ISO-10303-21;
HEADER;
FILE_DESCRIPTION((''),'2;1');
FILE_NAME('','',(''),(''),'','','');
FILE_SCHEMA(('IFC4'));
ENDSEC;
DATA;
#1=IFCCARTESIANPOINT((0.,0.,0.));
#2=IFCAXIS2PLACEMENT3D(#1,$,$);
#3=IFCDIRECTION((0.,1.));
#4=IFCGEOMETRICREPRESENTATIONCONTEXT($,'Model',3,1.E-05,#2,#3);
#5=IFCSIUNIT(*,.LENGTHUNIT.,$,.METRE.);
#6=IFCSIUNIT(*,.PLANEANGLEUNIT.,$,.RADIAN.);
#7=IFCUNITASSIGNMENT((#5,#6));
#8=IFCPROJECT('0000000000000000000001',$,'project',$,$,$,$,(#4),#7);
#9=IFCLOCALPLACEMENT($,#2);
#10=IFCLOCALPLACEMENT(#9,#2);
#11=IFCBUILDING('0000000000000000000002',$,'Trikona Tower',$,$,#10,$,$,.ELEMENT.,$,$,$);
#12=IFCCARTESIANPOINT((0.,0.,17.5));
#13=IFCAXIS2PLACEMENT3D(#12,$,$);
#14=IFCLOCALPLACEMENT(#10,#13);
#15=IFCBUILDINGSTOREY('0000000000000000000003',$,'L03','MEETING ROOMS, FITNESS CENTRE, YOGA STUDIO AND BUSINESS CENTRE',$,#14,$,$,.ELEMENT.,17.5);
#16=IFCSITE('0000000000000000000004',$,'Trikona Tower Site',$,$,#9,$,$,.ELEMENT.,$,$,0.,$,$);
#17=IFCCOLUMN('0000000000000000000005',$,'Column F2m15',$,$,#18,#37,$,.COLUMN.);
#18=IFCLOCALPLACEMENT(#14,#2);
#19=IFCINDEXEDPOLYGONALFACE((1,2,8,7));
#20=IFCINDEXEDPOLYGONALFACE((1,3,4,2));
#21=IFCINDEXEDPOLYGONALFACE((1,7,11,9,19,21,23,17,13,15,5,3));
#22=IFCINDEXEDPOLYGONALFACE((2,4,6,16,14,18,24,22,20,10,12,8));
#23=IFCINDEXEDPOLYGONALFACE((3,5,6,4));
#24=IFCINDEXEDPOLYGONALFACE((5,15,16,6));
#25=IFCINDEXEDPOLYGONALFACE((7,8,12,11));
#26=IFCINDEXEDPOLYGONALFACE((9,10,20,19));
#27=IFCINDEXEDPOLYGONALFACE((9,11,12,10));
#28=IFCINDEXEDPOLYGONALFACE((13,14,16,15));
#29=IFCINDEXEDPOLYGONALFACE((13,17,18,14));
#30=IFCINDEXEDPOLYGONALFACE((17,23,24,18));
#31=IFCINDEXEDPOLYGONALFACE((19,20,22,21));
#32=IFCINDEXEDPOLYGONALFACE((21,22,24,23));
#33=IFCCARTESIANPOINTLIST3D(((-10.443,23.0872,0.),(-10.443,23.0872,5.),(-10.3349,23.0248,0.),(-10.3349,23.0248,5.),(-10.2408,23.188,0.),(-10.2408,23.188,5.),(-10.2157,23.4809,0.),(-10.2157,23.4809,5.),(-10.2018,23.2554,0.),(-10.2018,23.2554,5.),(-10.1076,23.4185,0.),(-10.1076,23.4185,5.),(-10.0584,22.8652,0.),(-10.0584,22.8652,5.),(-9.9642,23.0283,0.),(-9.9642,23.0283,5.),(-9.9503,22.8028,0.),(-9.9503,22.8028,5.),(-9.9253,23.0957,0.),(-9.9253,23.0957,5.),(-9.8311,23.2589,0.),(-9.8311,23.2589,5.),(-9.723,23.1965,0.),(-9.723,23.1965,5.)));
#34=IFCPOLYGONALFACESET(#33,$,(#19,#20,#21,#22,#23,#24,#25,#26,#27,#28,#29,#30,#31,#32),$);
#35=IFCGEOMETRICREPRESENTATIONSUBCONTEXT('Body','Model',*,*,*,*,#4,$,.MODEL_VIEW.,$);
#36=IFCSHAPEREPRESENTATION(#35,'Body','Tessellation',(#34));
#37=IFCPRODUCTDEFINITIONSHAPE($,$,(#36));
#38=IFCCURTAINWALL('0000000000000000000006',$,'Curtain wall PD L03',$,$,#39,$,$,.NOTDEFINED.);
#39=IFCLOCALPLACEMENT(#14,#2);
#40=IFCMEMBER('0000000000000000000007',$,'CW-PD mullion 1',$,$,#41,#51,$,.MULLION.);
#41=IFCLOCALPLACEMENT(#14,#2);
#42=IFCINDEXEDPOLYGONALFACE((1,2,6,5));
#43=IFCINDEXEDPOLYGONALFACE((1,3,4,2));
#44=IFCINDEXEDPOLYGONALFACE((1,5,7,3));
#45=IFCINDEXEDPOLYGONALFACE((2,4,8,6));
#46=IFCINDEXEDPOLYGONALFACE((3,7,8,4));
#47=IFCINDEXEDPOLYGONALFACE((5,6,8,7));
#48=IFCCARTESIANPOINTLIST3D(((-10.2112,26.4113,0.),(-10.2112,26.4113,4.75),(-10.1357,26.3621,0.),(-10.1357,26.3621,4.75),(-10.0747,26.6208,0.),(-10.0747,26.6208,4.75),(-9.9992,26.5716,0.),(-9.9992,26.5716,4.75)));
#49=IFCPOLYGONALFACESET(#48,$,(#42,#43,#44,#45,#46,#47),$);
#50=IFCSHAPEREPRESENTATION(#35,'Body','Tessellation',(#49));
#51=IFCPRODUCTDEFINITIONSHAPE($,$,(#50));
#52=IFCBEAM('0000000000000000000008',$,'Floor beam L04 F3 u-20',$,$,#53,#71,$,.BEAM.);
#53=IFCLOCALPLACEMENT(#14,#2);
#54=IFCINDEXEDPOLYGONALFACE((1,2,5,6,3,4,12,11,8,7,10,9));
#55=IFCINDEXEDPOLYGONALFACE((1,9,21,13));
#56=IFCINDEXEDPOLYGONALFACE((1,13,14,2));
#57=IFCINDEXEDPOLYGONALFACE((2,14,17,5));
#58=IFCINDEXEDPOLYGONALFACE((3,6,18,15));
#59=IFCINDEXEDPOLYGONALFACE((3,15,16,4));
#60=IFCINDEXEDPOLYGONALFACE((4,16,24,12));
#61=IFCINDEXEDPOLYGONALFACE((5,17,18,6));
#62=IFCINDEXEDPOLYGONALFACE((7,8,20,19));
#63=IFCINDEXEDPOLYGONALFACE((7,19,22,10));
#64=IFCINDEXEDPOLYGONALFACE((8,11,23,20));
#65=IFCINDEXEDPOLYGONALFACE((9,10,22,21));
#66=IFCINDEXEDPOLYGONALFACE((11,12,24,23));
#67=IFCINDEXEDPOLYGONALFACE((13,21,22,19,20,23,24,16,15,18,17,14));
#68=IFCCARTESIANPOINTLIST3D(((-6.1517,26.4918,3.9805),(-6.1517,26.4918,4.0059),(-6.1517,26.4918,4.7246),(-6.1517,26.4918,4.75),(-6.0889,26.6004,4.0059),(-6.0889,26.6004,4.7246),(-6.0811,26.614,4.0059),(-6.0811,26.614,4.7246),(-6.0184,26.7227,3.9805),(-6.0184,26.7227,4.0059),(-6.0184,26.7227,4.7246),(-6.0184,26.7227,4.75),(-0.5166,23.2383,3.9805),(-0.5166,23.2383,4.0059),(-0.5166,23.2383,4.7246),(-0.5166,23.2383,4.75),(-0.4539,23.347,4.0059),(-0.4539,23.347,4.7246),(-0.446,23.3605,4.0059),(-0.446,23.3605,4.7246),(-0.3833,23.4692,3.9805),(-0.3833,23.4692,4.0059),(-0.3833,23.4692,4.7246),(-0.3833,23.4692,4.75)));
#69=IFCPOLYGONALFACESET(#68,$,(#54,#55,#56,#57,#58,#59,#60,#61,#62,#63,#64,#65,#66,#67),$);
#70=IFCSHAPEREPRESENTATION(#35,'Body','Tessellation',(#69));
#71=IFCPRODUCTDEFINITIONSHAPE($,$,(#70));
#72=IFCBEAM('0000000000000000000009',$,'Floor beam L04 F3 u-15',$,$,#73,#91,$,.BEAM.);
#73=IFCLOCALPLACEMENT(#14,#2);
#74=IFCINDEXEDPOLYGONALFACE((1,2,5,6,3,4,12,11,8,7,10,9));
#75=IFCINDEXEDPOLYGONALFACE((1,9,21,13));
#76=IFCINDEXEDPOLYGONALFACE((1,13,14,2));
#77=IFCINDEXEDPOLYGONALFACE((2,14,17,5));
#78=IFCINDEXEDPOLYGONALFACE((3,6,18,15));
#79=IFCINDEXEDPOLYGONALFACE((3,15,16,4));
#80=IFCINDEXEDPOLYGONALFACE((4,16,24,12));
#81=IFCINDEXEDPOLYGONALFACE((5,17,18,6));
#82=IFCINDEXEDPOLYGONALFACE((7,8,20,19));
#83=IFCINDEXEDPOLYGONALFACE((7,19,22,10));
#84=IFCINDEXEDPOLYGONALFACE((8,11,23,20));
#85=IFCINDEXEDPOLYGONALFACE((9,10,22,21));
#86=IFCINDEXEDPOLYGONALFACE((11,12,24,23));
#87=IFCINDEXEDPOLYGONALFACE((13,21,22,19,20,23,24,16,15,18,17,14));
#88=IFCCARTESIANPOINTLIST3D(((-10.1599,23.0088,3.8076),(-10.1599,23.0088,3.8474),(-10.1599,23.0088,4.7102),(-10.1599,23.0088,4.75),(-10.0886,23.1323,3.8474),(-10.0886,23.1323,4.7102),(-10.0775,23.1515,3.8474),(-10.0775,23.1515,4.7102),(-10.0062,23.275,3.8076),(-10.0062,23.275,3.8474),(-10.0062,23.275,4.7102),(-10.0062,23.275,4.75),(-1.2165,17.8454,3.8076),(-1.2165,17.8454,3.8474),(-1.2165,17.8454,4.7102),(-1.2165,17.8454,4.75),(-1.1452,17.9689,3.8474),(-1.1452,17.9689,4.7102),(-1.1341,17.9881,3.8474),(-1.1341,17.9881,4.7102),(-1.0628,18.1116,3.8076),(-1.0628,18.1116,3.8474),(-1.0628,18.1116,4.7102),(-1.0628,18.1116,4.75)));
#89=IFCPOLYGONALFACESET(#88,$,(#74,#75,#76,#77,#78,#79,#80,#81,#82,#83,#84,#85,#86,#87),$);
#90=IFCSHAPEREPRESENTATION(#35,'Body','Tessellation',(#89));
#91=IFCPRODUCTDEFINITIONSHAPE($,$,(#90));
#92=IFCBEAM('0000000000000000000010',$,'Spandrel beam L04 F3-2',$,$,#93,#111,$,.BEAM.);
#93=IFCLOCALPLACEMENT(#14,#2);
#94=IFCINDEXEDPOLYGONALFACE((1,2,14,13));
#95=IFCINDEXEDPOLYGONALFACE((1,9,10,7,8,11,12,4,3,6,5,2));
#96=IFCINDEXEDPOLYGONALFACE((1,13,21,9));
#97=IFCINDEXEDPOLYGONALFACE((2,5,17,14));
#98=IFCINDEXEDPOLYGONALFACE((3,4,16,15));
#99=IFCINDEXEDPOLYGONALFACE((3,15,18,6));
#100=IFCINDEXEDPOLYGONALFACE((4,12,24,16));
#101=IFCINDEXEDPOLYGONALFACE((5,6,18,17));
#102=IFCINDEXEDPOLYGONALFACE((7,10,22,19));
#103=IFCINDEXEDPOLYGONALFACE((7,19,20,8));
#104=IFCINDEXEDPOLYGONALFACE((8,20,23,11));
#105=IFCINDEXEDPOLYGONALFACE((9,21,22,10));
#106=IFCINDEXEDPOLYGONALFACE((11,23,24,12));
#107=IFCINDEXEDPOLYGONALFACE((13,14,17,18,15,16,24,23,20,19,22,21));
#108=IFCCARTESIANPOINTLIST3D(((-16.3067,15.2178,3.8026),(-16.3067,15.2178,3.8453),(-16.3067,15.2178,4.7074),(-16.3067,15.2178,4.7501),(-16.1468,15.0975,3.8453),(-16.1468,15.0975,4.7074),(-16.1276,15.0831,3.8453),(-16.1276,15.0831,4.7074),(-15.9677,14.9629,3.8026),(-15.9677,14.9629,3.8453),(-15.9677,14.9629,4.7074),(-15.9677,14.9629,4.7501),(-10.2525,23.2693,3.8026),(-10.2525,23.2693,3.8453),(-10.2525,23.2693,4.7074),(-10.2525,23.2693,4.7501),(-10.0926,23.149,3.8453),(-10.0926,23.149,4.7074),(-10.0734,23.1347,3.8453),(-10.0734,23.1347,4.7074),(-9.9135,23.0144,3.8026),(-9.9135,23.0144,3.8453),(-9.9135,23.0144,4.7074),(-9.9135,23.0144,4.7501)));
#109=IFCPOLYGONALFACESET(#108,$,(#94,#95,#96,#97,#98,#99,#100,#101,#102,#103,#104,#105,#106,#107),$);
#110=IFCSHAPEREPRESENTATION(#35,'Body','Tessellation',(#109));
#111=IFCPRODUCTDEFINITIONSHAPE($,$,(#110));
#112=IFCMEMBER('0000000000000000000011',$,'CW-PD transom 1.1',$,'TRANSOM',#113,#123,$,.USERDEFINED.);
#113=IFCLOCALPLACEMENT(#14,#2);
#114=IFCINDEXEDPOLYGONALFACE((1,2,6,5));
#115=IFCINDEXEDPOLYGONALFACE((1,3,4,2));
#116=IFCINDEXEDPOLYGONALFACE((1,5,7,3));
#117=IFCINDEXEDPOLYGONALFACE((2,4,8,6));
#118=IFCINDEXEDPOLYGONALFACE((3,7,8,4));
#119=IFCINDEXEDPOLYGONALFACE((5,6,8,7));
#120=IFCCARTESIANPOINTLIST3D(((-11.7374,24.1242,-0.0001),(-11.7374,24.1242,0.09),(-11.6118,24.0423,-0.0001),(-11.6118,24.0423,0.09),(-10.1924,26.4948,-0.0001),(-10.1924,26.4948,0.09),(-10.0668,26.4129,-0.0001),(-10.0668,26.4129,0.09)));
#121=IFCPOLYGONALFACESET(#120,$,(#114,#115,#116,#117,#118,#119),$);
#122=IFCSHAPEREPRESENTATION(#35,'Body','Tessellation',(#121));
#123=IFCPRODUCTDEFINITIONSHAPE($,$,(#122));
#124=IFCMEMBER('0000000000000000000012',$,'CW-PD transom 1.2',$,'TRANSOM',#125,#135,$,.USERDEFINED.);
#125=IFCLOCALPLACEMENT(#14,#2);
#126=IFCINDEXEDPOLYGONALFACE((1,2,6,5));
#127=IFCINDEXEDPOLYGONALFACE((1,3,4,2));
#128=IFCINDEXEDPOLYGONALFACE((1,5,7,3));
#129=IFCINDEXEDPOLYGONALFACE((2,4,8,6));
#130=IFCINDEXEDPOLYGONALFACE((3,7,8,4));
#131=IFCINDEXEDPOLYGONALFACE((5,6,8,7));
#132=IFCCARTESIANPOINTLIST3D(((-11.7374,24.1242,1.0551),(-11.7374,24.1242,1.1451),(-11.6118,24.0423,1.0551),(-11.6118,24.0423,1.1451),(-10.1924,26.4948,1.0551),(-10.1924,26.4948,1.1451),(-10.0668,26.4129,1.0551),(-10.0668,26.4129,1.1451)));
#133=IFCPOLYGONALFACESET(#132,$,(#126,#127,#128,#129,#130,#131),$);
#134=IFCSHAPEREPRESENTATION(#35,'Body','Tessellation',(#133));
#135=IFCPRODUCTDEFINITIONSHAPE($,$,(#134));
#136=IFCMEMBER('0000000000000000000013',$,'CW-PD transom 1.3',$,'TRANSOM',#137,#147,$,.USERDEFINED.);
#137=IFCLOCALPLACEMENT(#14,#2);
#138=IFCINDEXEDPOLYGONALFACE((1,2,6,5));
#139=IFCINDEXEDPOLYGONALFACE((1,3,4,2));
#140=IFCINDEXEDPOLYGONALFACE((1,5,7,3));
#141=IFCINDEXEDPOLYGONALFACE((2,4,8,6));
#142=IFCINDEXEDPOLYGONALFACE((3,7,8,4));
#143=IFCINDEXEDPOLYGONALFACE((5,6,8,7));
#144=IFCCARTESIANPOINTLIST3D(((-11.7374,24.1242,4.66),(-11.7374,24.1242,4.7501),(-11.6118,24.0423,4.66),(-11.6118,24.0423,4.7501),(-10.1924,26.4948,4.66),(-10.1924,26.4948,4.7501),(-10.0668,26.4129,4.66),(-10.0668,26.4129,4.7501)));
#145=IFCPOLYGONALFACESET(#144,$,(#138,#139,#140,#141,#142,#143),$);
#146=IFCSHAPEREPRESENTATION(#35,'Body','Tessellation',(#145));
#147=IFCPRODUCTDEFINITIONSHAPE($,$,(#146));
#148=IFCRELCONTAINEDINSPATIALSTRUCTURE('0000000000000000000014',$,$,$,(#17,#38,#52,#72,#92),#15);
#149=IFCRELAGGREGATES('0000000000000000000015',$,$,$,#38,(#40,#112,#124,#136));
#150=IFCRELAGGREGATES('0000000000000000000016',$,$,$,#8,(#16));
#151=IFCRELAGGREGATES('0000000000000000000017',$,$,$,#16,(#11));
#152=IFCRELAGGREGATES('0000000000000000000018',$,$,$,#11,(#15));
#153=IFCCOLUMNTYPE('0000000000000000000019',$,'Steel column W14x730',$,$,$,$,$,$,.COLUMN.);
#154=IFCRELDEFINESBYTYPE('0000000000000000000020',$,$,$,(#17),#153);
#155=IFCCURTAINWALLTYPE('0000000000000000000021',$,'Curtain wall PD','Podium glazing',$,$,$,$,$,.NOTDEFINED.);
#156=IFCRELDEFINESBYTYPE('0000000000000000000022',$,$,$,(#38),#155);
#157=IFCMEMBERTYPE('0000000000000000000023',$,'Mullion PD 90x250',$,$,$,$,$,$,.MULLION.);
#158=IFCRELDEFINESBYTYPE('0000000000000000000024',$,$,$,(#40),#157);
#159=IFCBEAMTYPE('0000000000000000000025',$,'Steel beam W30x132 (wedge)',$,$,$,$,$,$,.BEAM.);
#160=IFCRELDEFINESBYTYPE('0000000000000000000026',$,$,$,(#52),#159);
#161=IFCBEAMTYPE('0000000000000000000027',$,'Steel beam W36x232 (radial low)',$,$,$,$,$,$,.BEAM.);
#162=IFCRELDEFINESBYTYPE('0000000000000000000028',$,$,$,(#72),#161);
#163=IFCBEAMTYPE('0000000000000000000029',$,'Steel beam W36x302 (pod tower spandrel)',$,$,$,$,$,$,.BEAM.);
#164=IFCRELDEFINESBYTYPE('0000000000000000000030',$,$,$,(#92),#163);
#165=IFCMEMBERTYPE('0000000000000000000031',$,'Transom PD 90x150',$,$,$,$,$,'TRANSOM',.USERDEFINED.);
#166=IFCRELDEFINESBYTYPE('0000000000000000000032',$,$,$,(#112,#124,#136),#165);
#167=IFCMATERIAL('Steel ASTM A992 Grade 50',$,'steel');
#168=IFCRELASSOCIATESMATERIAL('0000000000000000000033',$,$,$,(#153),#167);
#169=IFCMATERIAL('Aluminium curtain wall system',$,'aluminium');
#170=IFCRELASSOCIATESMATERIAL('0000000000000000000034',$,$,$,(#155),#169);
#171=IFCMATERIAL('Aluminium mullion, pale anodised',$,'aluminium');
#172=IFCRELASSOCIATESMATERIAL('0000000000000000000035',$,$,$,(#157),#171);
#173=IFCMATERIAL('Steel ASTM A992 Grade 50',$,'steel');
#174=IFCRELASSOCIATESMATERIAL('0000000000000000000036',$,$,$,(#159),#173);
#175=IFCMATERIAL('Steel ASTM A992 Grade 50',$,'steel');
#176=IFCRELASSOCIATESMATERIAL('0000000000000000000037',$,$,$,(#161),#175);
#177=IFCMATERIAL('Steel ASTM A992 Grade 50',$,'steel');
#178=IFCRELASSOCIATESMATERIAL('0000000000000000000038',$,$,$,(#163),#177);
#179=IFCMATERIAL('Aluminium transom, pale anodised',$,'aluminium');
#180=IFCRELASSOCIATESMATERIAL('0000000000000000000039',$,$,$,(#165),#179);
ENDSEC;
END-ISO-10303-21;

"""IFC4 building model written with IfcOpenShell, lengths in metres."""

from ifc_helpers import new_model, si_unit, direction, frame, origin, origin_2d, place, context, subcontext, project, spatial, rectangle, i_section, extrude, material, material_profile, profile_set, type_object, element, aggregate, save


model = new_model("IFC4")

# Units and contexts
model_context = context("Model", 3, precision=1e-05, world=origin(), true_north=direction((0.0, 1.0)))
body_context = subcontext(model_context, "Body", "Model", "MODEL_VIEW")
ifc_project = project(units=[si_unit("LENGTHUNIT", "METRE"), si_unit("PLANEANGLEUNIT", "RADIAN")], contexts=[model_context])

# Site, building, storey
site_placement = place(None, origin())
site = spatial("IfcSite", under=ifc_project, at=site_placement, Name="Trikona Tower Site", CompositionType="ELEMENT", RefElevation=0.0)
building_placement = place(site_placement, origin())
building = spatial("IfcBuilding", under=site, at=building_placement, Name="Trikona Tower", CompositionType="ELEMENT")
storey_placement = place(building_placement, frame((0.0, 0.0, 17.5)))
storey = spatial("IfcBuildingStorey", under=building, at=storey_placement, Name="L03", Description="MEETING ROOMS, FITNESS CENTRE, YOGA STUDIO AND BUSINESS CENTRE", CompositionType="ELEMENT", Elevation=17.5)

# Column
ifc_material_1 = material(Name="Steel ASTM A992 Grade 50", Category="steel")
ifc_material_profile_1 = material_profile(ifc_material_1, i_section(OverallWidth=0.4546, OverallDepth=0.5688, WebThickness=0.0779, FlangeThickness=0.1248, at=origin_2d()), Name="W14X730")
ifc_profile_set_1 = profile_set([ifc_material_profile_1], Name="Steel ASTM A992 Grade 50")
column_type = type_object("IfcColumnType", Name="Steel column W14x730", PredefinedType="COLUMN", material=ifc_profile_set_1)
column_placement = place(storey_placement, frame((-10.083, 23.1418, 0.0), z_axis=(0.0, 0.0, 1.0), x_axis=(-0.5, -0.866025, 0.0)))
element("IfcColumn", 1, at=column_placement, inside=storey, type_object=column_type, Name="Column F2m15", PredefinedType="COLUMN", context=body_context, shape_type="SweptSolid", body=[
    extrude(i_section(OverallWidth=0.4546, OverallDepth=0.5688, WebThickness=0.0779, FlangeThickness=0.1248, at=origin_2d()), origin(), (0.0, 0.0, 1.0), 5.0),
])

# Curtain wall, member
ifc_material_2 = material(Name="Aluminium curtain wall system", Category="aluminium")
curtain_wall_type = type_object("IfcCurtainWallType", Name="Curtain wall PD", Description="Podium glazing", PredefinedType="NOTDEFINED", material=ifc_material_2)
curtain_wall_placement = place(storey_placement, origin())
curtain_wall = element("IfcCurtainWall", 2, at=curtain_wall_placement, inside=storey, type_object=curtain_wall_type, Name="Curtain wall PD L03", PredefinedType="NOTDEFINED")
ifc_material_3 = material(Name="Aluminium mullion, pale anodised", Category="aluminium")
ifc_material_profile_2 = material_profile(ifc_material_3, rectangle(XDim=0.0901, YDim=0.25, at=origin_2d()), Name="MUL-PD")
ifc_profile_set_2 = profile_set([ifc_material_profile_2], Name="Aluminium mullion, pale anodised")
member_type_1 = type_object("IfcMemberType", Name="Mullion PD 90x250", PredefinedType="MULLION", material=ifc_profile_set_2)
member_1_placement = place(storey_placement, frame((-10.1052, 26.4915, 0.0), z_axis=(0.0, 0.0, 1.0), x_axis=(0.8378, -0.545977, 0.0)))
member_1 = element("IfcMember", 3, at=member_1_placement, type_object=member_type_1, Name="CW-PD mullion 1", PredefinedType="MULLION", context=body_context, shape_type="SweptSolid", body=[
    extrude(rectangle(XDim=0.0901, YDim=0.25, at=origin_2d()), origin(), (0.0, 0.0, 1.0), 4.75),
])

# Beams
ifc_material_4 = material(Name="Steel ASTM A992 Grade 50", Category="steel")
ifc_material_profile_3 = material_profile(ifc_material_4, i_section(OverallWidth=0.2666, OverallDepth=0.7695, WebThickness=0.0156, FlangeThickness=0.0254, at=origin_2d()), Name="W30X132")
ifc_profile_set_3 = profile_set([ifc_material_profile_3], Name="Steel ASTM A992 Grade 50")
beam_type_1 = type_object("IfcBeamType", Name="Steel beam W30x132 (wedge)", PredefinedType="BEAM", material=ifc_profile_set_3)
beam_1_placement = place(storey_placement, frame((-0.45, 23.3538, 4.3652), z_axis=(-0.866023, 0.500005, 0.0), x_axis=(-0.500005, -0.866023, 0.0)))
element("IfcBeam", 4, at=beam_1_placement, inside=storey, type_object=beam_type_1, Name="Floor beam L04 F3 u-20", PredefinedType="BEAM", context=body_context, shape_type="SweptSolid", body=[
    extrude(i_section(OverallWidth=0.2666, OverallDepth=0.7695, WebThickness=0.0156, FlangeThickness=0.0254, at=origin_2d()), origin(), (0.0, 0.0, 1.0), 6.5068),
])
ifc_material_5 = material(Name="Steel ASTM A992 Grade 50", Category="steel")
ifc_material_profile_4 = material_profile(ifc_material_5, i_section(OverallWidth=0.3074, OverallDepth=0.9424, WebThickness=0.0222, FlangeThickness=0.0398, at=origin_2d()), Name="W36X232")
ifc_profile_set_4 = profile_set([ifc_material_profile_4], Name="Steel ASTM A992 Grade 50")
beam_type_2 = type_object("IfcBeamType", Name="Steel beam W36x232 (radial low)", PredefinedType="BEAM", material=ifc_profile_set_4)
beam_2_placement = place(storey_placement, frame((-1.1396, 17.9785, 4.2788), z_axis=(-0.86603, 0.499991, 0.0), x_axis=(-0.499991, -0.86603, 0.0)))
element("IfcBeam", 5, at=beam_2_placement, inside=storey, type_object=beam_type_2, Name="Floor beam L04 F3 u-15", PredefinedType="BEAM", context=body_context, shape_type="SweptSolid", body=[
    extrude(i_section(OverallWidth=0.3074, OverallDepth=0.9424, WebThickness=0.0222, FlangeThickness=0.0398, at=origin_2d()), origin(), (0.0, 0.0, 1.0), 10.3269),
])
ifc_material_6 = material(Name="Steel ASTM A992 Grade 50", Category="steel")
ifc_material_profile_5 = material_profile(ifc_material_6, i_section(OverallWidth=0.4241, OverallDepth=0.9475, WebThickness=0.0239, FlangeThickness=0.0427, at=origin_2d()), Name="W36X302")
ifc_profile_set_5 = profile_set([ifc_material_profile_5], Name="Steel ASTM A992 Grade 50")
beam_type_3 = type_object("IfcBeamType", Name="Steel beam W36x302 (pod tower spandrel)", PredefinedType="BEAM", material=ifc_profile_set_5)
beam_3_placement = place(storey_placement, frame((-10.083, 23.1418, 4.2764), z_axis=(-0.600988, -0.799258, 0.0), x_axis=(0.799258, -0.600988, 0.0)))
element("IfcBeam", 6, at=beam_3_placement, inside=storey, type_object=beam_type_3, Name="Spandrel beam L04 F3-2", PredefinedType="BEAM", context=body_context, shape_type="SweptSolid", body=[
    extrude(i_section(OverallWidth=0.4241, OverallDepth=0.9475, WebThickness=0.0239, FlangeThickness=0.0427, at=origin_2d()), origin(), (0.0, 0.0, 1.0), 10.0737),
])

# Members
ifc_material_7 = material(Name="Aluminium transom, pale anodised", Category="aluminium")
ifc_material_profile_6 = material_profile(ifc_material_7, rectangle(XDim=0.1499, YDim=0.0901, at=origin_2d()), Name="TRN-PD")
ifc_profile_set_6 = profile_set([ifc_material_profile_6], Name="Aluminium transom, pale anodised")
member_type_2 = type_object("IfcMemberType", Name="Transom PD 90x150", ElementType="TRANSOM", PredefinedType="USERDEFINED", material=ifc_profile_set_6)
member_2_placement = place(storey_placement, frame((-10.1296, 26.4539, 0.0449), z_axis=(-0.545989, -0.837792, 0.0), x_axis=(0.837792, -0.545989, 0.0)))
member_2 = element("IfcMember", 7, at=member_2_placement, type_object=member_type_2, Name="CW-PD transom 1.1", ObjectType="TRANSOM", PredefinedType="USERDEFINED", context=body_context, shape_type="SweptSolid", body=[
    extrude(rectangle(XDim=0.1499, YDim=0.0901, at=origin_2d()), origin(), (0.0, 0.0, 1.0), 2.8296),
])
member_3_placement = place(storey_placement, frame((-10.1296, 26.4539, 1.1001), z_axis=(-0.545989, -0.837792, 0.0), x_axis=(0.837792, -0.545989, 0.0)))
member_3 = element("IfcMember", 8, at=member_3_placement, type_object=member_type_2, Name="CW-PD transom 1.2", ObjectType="TRANSOM", PredefinedType="USERDEFINED", context=body_context, shape_type="SweptSolid", body=[
    extrude(rectangle(XDim=0.1499, YDim=0.0901, at=origin_2d()), origin(), (0.0, 0.0, 1.0), 2.8296),
])
member_4_placement = place(storey_placement, frame((-10.1296, 26.4539, 4.7051), z_axis=(-0.545989, -0.837792, 0.0), x_axis=(0.837792, -0.545989, 0.0)))
member_4 = element("IfcMember", 9, at=member_4_placement, type_object=member_type_2, Name="CW-PD transom 1.3", ObjectType="TRANSOM", PredefinedType="USERDEFINED", context=body_context, shape_type="SweptSolid", body=[
    extrude(rectangle(XDim=0.1499, YDim=0.0901, at=origin_2d()), origin(), (0.0, 0.0, 1.0), 2.8296),
])
aggregate(curtain_wall, [member_1, member_2, member_3, member_4])

save(model, "model.ifc")
